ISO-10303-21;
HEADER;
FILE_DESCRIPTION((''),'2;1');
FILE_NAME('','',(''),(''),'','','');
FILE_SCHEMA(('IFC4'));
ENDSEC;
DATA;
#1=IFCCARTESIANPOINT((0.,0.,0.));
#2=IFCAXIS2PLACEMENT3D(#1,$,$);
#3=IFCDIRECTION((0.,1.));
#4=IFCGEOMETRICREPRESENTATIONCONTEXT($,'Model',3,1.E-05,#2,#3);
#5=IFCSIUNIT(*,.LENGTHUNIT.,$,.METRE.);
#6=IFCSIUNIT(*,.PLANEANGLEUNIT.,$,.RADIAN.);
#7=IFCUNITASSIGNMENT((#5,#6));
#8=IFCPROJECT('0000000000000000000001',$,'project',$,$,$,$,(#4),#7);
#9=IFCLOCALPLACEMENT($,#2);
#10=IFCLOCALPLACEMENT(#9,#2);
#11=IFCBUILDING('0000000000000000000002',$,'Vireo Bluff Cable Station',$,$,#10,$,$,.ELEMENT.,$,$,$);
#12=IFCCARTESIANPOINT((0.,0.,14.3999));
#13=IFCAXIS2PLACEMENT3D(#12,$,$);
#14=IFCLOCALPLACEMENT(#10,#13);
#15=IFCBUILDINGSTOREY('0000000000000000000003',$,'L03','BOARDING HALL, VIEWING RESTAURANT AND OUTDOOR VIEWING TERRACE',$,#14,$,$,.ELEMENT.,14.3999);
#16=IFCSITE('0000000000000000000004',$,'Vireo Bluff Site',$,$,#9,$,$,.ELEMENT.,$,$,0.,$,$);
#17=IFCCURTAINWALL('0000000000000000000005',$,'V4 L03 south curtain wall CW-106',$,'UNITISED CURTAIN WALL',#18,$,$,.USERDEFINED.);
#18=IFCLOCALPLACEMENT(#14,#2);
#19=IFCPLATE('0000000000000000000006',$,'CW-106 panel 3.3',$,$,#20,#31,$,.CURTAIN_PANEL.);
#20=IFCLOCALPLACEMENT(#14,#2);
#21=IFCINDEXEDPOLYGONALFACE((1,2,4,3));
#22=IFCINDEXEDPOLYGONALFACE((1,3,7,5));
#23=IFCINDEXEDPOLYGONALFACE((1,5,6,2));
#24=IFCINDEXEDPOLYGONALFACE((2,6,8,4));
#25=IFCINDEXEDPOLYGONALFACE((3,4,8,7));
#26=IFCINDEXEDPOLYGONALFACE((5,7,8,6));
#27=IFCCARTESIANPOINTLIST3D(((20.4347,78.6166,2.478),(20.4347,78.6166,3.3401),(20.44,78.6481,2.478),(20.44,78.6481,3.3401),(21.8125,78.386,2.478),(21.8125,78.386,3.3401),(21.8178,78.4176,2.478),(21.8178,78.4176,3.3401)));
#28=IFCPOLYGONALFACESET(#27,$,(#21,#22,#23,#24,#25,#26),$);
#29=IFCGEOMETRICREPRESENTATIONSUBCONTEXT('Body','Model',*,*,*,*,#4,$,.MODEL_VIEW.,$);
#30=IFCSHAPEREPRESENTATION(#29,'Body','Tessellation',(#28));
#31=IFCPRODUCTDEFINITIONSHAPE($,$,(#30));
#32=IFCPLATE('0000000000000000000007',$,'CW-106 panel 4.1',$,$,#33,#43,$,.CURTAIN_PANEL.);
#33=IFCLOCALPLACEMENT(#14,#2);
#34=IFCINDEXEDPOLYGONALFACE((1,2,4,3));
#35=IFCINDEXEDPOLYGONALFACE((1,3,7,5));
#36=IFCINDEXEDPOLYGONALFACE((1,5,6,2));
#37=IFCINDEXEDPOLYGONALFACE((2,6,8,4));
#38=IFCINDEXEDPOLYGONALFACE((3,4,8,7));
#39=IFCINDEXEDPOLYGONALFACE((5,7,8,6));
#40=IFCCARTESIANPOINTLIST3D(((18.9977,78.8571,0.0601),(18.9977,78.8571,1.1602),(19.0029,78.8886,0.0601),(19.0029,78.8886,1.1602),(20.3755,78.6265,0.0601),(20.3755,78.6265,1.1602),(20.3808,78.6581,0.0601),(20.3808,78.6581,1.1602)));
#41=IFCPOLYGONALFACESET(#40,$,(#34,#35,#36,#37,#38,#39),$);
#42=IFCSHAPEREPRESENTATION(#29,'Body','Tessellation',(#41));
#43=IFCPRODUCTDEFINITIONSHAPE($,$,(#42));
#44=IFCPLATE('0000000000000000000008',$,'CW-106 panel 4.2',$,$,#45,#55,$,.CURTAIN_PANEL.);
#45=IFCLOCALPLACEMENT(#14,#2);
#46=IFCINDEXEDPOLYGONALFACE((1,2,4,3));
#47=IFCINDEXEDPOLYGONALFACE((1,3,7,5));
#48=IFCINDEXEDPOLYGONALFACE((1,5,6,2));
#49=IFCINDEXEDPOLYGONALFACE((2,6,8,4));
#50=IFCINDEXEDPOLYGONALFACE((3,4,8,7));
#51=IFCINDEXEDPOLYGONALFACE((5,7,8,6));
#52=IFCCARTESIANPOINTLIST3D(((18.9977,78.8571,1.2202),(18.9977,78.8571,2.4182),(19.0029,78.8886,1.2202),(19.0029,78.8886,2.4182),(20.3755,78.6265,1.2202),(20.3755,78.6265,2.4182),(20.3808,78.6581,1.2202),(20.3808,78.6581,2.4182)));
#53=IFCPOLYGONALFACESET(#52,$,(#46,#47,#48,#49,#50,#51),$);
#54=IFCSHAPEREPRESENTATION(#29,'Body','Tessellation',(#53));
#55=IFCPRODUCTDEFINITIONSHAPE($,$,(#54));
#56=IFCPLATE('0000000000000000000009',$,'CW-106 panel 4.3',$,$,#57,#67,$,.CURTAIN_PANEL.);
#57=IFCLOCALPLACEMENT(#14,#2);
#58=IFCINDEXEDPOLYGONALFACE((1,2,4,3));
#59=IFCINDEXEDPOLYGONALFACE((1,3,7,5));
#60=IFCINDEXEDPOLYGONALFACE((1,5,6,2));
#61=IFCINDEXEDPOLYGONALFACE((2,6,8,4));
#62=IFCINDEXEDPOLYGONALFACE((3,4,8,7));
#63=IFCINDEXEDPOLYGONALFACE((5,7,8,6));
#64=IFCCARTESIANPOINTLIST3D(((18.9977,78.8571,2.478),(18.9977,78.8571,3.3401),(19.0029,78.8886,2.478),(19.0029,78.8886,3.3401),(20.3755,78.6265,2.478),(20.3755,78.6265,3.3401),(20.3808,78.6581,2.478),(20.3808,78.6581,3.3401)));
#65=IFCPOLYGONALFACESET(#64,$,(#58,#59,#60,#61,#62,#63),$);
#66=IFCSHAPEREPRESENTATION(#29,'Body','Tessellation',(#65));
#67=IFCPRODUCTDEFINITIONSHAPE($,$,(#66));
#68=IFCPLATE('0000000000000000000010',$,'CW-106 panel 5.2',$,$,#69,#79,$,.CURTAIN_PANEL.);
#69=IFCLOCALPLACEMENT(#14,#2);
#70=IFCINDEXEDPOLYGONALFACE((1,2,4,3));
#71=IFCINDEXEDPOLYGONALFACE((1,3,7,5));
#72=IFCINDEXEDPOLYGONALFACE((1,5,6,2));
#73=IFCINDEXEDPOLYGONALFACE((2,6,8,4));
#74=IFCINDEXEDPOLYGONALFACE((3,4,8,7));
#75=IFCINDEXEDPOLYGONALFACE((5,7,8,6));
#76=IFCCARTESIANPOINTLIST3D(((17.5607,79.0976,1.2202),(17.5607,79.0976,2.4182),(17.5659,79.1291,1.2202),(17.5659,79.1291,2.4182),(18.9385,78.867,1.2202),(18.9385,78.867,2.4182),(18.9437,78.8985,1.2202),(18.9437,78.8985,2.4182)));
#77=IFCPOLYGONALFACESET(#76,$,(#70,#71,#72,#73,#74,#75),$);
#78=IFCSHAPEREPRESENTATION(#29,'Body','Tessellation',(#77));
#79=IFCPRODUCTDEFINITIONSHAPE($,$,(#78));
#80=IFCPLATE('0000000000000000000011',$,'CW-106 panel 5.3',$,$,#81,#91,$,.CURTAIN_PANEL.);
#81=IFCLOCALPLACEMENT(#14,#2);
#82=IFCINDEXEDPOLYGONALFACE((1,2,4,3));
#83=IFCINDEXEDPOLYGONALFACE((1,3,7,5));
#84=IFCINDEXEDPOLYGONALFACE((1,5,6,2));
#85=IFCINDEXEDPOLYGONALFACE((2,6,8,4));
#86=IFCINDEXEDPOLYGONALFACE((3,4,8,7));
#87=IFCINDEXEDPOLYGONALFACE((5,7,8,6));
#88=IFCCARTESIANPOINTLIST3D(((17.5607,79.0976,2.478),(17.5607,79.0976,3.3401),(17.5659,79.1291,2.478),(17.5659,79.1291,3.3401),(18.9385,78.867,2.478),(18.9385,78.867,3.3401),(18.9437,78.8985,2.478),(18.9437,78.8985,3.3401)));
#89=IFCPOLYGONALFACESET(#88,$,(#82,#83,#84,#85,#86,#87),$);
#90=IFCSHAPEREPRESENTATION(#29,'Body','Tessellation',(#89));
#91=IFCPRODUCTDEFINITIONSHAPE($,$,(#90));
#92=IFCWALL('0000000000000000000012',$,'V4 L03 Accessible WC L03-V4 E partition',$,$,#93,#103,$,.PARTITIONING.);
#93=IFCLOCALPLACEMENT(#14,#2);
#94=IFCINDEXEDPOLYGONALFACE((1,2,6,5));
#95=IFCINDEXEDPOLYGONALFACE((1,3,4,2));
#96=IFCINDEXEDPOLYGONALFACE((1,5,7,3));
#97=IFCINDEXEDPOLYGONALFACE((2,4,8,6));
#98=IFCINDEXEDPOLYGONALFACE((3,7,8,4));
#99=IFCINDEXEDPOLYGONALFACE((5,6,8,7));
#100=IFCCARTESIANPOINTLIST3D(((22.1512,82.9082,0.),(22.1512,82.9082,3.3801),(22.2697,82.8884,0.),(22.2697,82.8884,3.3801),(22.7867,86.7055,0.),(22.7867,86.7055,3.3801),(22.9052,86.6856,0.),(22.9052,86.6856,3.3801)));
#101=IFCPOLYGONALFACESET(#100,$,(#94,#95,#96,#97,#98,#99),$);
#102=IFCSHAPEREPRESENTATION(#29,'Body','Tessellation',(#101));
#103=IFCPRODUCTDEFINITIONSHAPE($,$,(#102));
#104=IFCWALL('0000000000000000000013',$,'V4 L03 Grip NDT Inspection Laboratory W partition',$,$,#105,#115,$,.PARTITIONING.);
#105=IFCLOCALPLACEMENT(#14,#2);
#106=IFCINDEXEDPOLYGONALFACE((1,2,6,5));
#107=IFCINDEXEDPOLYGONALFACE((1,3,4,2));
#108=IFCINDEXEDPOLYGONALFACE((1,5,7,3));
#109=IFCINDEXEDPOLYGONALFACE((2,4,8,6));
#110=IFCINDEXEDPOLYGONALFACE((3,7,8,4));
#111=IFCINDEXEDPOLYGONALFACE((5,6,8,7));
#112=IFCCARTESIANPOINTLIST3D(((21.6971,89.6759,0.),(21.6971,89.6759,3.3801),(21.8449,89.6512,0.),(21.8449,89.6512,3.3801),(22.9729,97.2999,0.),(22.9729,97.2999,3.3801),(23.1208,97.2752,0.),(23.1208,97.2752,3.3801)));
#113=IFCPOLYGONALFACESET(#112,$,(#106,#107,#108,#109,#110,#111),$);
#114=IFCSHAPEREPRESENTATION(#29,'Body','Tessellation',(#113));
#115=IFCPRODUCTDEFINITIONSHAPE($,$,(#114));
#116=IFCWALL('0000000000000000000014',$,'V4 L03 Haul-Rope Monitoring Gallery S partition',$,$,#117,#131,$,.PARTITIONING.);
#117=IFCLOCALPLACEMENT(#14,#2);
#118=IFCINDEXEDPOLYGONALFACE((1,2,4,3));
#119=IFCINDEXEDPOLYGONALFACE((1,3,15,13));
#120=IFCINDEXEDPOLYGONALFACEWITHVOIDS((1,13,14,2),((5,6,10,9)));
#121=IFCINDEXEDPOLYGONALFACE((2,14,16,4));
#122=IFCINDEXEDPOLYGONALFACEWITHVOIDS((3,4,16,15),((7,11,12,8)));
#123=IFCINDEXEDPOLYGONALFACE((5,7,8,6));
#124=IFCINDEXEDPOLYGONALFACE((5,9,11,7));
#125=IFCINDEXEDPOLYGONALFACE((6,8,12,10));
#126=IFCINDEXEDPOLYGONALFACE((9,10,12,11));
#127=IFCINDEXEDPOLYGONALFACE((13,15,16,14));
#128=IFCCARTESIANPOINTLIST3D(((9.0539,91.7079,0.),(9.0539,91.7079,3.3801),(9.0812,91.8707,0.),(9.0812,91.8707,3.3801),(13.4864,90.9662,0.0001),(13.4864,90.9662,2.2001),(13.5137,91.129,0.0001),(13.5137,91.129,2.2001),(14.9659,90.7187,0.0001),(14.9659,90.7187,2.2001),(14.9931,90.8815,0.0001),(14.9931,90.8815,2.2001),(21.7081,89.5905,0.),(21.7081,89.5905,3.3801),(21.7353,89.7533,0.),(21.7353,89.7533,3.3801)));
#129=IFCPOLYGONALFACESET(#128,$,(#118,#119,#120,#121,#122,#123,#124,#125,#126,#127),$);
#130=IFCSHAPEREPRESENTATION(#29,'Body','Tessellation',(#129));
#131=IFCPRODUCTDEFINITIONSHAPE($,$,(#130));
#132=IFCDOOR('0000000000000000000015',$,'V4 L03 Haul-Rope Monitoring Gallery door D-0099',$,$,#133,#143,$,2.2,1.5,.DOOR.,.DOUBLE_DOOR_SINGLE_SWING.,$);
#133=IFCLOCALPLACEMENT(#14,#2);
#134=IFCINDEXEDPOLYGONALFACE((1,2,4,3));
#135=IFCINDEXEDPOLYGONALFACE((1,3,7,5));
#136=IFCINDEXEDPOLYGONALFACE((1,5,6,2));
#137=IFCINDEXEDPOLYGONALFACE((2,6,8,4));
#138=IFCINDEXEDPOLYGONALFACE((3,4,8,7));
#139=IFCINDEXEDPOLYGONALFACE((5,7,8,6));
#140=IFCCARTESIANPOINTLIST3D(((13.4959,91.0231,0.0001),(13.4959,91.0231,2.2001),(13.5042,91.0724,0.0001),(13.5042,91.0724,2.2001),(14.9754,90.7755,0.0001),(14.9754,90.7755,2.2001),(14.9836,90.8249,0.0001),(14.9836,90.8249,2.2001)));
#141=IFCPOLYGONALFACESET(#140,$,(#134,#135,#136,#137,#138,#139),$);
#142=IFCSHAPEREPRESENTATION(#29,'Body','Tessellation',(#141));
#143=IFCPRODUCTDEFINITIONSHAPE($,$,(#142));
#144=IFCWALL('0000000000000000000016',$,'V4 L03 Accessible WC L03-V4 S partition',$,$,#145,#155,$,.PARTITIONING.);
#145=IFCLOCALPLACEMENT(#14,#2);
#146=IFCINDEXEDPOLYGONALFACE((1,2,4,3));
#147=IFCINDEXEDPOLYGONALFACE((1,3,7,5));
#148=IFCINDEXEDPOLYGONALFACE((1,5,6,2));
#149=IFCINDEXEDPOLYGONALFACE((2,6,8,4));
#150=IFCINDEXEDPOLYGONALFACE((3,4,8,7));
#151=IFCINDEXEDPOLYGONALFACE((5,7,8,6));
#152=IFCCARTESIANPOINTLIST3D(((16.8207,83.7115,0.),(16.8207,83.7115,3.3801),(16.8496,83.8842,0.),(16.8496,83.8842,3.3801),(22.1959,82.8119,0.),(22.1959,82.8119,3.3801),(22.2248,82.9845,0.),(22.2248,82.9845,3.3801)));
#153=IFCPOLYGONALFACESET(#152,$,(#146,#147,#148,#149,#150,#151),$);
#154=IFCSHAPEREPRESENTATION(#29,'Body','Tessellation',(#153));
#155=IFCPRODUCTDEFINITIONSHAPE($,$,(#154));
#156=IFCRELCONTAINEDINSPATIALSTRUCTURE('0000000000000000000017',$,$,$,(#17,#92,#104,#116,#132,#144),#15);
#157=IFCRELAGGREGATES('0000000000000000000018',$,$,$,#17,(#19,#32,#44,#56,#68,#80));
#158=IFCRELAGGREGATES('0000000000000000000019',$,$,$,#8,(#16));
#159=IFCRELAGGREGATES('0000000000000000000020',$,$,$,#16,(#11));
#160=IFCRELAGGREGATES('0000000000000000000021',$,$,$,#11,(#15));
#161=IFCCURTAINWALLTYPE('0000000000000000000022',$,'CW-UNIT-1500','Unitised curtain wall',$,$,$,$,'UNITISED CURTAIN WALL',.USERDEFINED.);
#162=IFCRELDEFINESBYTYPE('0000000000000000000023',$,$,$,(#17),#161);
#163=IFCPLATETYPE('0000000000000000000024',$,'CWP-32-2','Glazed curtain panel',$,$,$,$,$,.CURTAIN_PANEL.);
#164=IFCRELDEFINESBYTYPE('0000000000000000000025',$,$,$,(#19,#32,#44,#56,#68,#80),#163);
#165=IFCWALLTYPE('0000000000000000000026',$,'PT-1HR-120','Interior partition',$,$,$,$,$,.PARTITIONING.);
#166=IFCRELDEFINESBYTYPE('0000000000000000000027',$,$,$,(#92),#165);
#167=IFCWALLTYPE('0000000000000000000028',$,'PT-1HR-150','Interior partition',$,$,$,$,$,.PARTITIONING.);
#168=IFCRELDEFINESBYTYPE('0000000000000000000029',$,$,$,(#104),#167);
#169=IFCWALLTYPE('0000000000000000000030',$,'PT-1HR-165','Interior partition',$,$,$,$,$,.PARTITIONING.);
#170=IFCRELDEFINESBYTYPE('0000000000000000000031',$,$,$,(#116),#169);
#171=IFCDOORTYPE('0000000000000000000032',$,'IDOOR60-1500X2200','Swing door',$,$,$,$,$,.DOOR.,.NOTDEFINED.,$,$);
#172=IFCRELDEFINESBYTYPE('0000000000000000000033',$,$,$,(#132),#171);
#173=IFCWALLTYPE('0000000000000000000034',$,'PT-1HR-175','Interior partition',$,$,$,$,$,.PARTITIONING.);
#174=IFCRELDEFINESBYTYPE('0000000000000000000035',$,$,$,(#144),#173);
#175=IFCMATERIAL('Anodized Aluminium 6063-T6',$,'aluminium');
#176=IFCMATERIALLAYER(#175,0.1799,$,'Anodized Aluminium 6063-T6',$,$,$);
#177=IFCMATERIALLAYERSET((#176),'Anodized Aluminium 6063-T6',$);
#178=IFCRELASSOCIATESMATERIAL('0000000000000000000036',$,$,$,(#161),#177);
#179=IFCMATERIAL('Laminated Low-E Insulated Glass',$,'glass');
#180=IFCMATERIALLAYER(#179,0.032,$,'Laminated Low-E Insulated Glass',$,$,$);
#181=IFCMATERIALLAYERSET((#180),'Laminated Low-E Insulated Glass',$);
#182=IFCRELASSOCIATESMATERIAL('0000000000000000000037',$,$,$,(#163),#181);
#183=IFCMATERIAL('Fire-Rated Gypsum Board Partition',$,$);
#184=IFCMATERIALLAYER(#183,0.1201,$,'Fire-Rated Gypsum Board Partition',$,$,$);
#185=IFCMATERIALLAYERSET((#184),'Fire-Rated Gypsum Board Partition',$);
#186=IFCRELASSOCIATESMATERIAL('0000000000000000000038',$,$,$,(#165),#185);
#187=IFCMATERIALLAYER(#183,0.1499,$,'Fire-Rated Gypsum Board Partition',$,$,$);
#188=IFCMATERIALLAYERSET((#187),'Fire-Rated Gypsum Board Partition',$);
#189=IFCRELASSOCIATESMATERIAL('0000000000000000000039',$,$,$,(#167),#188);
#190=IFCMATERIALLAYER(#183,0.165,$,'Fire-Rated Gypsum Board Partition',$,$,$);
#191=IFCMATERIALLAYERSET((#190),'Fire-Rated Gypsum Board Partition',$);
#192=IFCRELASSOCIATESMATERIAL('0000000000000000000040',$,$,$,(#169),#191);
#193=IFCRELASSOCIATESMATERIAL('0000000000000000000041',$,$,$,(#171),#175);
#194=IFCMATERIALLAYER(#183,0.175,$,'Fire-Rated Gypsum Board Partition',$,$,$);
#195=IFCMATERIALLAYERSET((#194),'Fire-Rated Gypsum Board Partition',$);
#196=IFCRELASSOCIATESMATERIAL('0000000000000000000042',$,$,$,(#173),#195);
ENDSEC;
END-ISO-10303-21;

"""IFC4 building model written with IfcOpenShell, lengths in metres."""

from ifc_helpers import new_model, si_unit, direction, frame, frame_2d, origin, origin_with_axes, origin_2d, place, context, subcontext, project, spatial, rectangle, extrude, material, layer, layer_set, type_object, element, fill, aggregate, save


model = new_model("IFC4")

# Units and contexts
model_context = context("Model", 3, precision=1e-05, world=origin(), true_north=direction((0.0, 1.0)))
body_context = subcontext(model_context, "Body", "Model", "MODEL_VIEW")
ifc_project = project(units=[si_unit("LENGTHUNIT", "METRE"), si_unit("PLANEANGLEUNIT", "RADIAN")], contexts=[model_context])

# Site, building, storey
site_placement = place(None, origin())
site = spatial("IfcSite", under=ifc_project, at=site_placement, Name="Vireo Bluff Site", CompositionType="ELEMENT", RefElevation=0.0)
building_placement = place(site_placement, origin())
building = spatial("IfcBuilding", under=site, at=building_placement, Name="Vireo Bluff Cable Station", CompositionType="ELEMENT")
storey_placement = place(building_placement, frame((0.0, 0.0, 14.3999)))
storey = spatial("IfcBuildingStorey", under=building, at=storey_placement, Name="L03", Description="BOARDING HALL, VIEWING RESTAURANT AND OUTDOOR VIEWING TERRACE", CompositionType="ELEMENT", Elevation=14.3999)

# Curtain wall, plates
ifc_material_1 = material(Name="Anodized Aluminium 6063-T6", Category="aluminium")
ifc_layer_1 = layer(ifc_material_1, 0.1799, Name="Anodized Aluminium 6063-T6")
ifc_layer_set_1 = layer_set([ifc_layer_1], Name="Anodized Aluminium 6063-T6")
curtain_wall_type = type_object("IfcCurtainWallType", Name="CW-UNIT-1500", Description="Unitised curtain wall", ElementType="UNITISED CURTAIN WALL", PredefinedType="USERDEFINED", material=ifc_layer_set_1)
curtain_wall_placement = place(storey_placement, origin())
curtain_wall = element("IfcCurtainWall", 1, at=curtain_wall_placement, inside=storey, type_object=curtain_wall_type, Name="V4 L03 south curtain wall CW-106", ObjectType="UNITISED CURTAIN WALL", PredefinedType="USERDEFINED")
ifc_material_2 = material(Name="Laminated Low-E Insulated Glass", Category="glass")
ifc_layer_2 = layer(ifc_material_2, 0.032, Name="Laminated Low-E Insulated Glass")
ifc_layer_set_2 = layer_set([ifc_layer_2], Name="Laminated Low-E Insulated Glass")
plate_type = type_object("IfcPlateType", Name="CWP-32-2", Description="Glazed curtain panel", PredefinedType="CURTAIN_PANEL", material=ifc_layer_set_2)
plate_1_placement = place(storey_placement, frame((21.1262, 78.5171, 2.478), z_axis=(0.0, 0.0, 1.0), x_axis=(-0.986286, 0.165048, 0.0)))
plate_1 = element("IfcPlate", 2, at=plate_1_placement, type_object=plate_type, Name="CW-106 panel 3.3", PredefinedType="CURTAIN_PANEL", context=body_context, shape_type="SweptSolid", body=[
    extrude(rectangle(XDim=1.397, YDim=0.032, at=origin_2d()), origin(), (0.0, 0.0, 1.0), 0.8621),
])
plate_2_placement = place(storey_placement, frame((19.6892, 78.7576, 0.0601), z_axis=(0.0, 0.0, 1.0), x_axis=(-0.986286, 0.165048, 0.0)))
plate_2 = element("IfcPlate", 3, at=plate_2_placement, type_object=plate_type, Name="CW-106 panel 4.1", PredefinedType="CURTAIN_PANEL", context=body_context, shape_type="SweptSolid", body=[
    extrude(rectangle(XDim=1.397, YDim=0.032, at=origin_2d()), origin(), (0.0, 0.0, 1.0), 1.1001),
])
plate_3_placement = place(storey_placement, frame((19.6892, 78.7576, 1.2202), z_axis=(0.0, 0.0, 1.0), x_axis=(-0.986286, 0.165048, 0.0)))
plate_3 = element("IfcPlate", 4, at=plate_3_placement, type_object=plate_type, Name="CW-106 panel 4.2", PredefinedType="CURTAIN_PANEL", context=body_context, shape_type="SweptSolid", body=[
    extrude(rectangle(XDim=1.397, YDim=0.032, at=origin_2d()), origin(), (0.0, 0.0, 1.0), 1.198),
])
plate_4_placement = place(storey_placement, frame((19.6892, 78.7576, 2.478), z_axis=(0.0, 0.0, 1.0), x_axis=(-0.986286, 0.165048, 0.0)))
plate_4 = element("IfcPlate", 5, at=plate_4_placement, type_object=plate_type, Name="CW-106 panel 4.3", PredefinedType="CURTAIN_PANEL", context=body_context, shape_type="SweptSolid", body=[
    extrude(rectangle(XDim=1.397, YDim=0.032, at=origin_2d()), origin(), (0.0, 0.0, 1.0), 0.8621),
])
plate_5_placement = place(storey_placement, frame((18.2522, 78.998, 1.2202), z_axis=(0.0, 0.0, 1.0), x_axis=(-0.986286, 0.165048, 0.0)))
plate_5 = element("IfcPlate", 6, at=plate_5_placement, type_object=plate_type, Name="CW-106 panel 5.2", PredefinedType="CURTAIN_PANEL", context=body_context, shape_type="SweptSolid", body=[
    extrude(rectangle(XDim=1.397, YDim=0.032, at=origin_2d()), origin(), (0.0, 0.0, 1.0), 1.198),
])
plate_6_placement = place(storey_placement, frame((18.2522, 78.998, 2.478), z_axis=(0.0, 0.0, 1.0), x_axis=(-0.986286, 0.165048, 0.0)))
plate_6 = element("IfcPlate", 7, at=plate_6_placement, type_object=plate_type, Name="CW-106 panel 5.3", PredefinedType="CURTAIN_PANEL", context=body_context, shape_type="SweptSolid", body=[
    extrude(rectangle(XDim=1.397, YDim=0.032, at=origin_2d()), origin(), (0.0, 0.0, 1.0), 0.8621),
])
aggregate(curtain_wall, [plate_1, plate_2, plate_3, plate_4, plate_5, plate_6])

# Walls
ifc_material_3 = material(Name="Fire-Rated Gypsum Board Partition")
ifc_layer_3 = layer(ifc_material_3, 0.1201, Name="Fire-Rated Gypsum Board Partition")
ifc_layer_set_3 = layer_set([ifc_layer_3], Name="Fire-Rated Gypsum Board Partition")
wall_type_1 = type_object("IfcWallType", Name="PT-1HR-120", Description="Interior partition", PredefinedType="PARTITIONING", material=ifc_layer_set_3)
wall_1_placement = place(storey_placement, frame((22.8459, 86.6956, 0.0), z_axis=(0.0, 0.0, 1.0), x_axis=(-0.165057, -0.986284, 0.0)))
element("IfcWall", 8, at=wall_1_placement, inside=storey, type_object=wall_type_1, Name="V4 L03 Accessible WC L03-V4 E partition", PredefinedType="PARTITIONING", context=body_context, shape_type="SweptSolid", body=[
    extrude(rectangle(XDim=3.8501, YDim=0.1201, at=frame_2d((1.925, 0.0))), origin(), (0.0, 0.0, 1.0), 3.3801),
])
ifc_layer_4 = layer(ifc_material_3, 0.1499, Name="Fire-Rated Gypsum Board Partition")
ifc_layer_set_4 = layer_set([ifc_layer_4], Name="Fire-Rated Gypsum Board Partition")
wall_type_2 = type_object("IfcWallType", Name="PT-1HR-150", Description="Interior partition", PredefinedType="PARTITIONING", material=ifc_layer_set_4)
wall_2_placement = place(storey_placement, frame((21.771, 89.6636, 0.0), z_axis=(0.0, 0.0, 1.0), x_axis=(0.165055, 0.986284, 0.0)))
element("IfcWall", 9, at=wall_2_placement, inside=storey, type_object=wall_type_2, Name="V4 L03 Grip NDT Inspection Laboratory W partition", PredefinedType="PARTITIONING", context=body_context, shape_type="SweptSolid", body=[
    extrude(rectangle(XDim=7.73, YDim=0.1499, at=frame_2d((3.865, 0.0))), origin(), (0.0, 0.0, 1.0), 3.3801),
])

# Wall, opening, door
ifc_layer_5 = layer(ifc_material_3, 0.165, Name="Fire-Rated Gypsum Board Partition")
ifc_layer_set_5 = layer_set([ifc_layer_5], Name="Fire-Rated Gypsum Board Partition")
wall_type_3 = type_object("IfcWallType", Name="PT-1HR-165", Description="Interior partition", PredefinedType="PARTITIONING", material=ifc_layer_set_5)
wall_3_placement = place(storey_placement, frame((21.7217, 89.6719, 0.0), z_axis=(0.0, 0.0, 1.0), x_axis=(-0.986287, 0.165038, 0.0)))
wall_3 = element("IfcWall", 10, at=wall_3_placement, inside=storey, type_object=wall_type_3, Name="V4 L03 Haul-Rope Monitoring Gallery S partition", PredefinedType="PARTITIONING", context=body_context, shape_type="SweptSolid", body=[
    extrude(rectangle(XDim=12.8301, YDim=0.165, at=frame_2d((6.415, 0.0))), origin(), (0.0, 0.0, 1.0), 3.3801),
])
opening_placement = place(wall_3_placement, frame((6.8359, 0.0, 0.0)))
opening = element("IfcOpeningElement", 11, at=opening_placement, cuts=wall_3, PredefinedType="OPENING", context=body_context, shape_type="SweptSolid", body=[
    extrude(rectangle(XDim=1.5, YDim=2.2, at=frame_2d((0.75, 1.1001))), frame((0.0, 0.0925, 0.0), z_axis=(0.0, -1.0, 0.0), x_axis=(1.0, 0.0, 0.0)), (0.0, 0.0, 1.0), 0.1851),
])
door_type = type_object("IfcDoorType", Name="IDOOR60-1500X2200", Description="Swing door", OperationType="NOTDEFINED", PredefinedType="DOOR", material=ifc_material_1)
door_placement = place(opening_placement, origin_with_axes())
door = element("IfcDoor", 12, at=door_placement, inside=storey, type_object=door_type, Name="V4 L03 Haul-Rope Monitoring Gallery door D-0099", OperationType="DOUBLE_DOOR_SINGLE_SWING", OverallHeight=2.2, OverallWidth=1.5, PredefinedType="DOOR", context=body_context, shape_type="SweptSolid", body=[
    extrude(rectangle(XDim=1.5, YDim=2.2, at=frame_2d((0.75, 1.1001))), frame((0.0, 0.0249, 0.0), z_axis=(0.0, -1.0, 0.0), x_axis=(1.0, 0.0, 0.0)), (0.0, 0.0, 1.0), 0.05),
])
fill(opening, door)

# Wall
ifc_layer_6 = layer(ifc_material_3, 0.175, Name="Fire-Rated Gypsum Board Partition")
ifc_layer_set_6 = layer_set([ifc_layer_6], Name="Fire-Rated Gypsum Board Partition")
wall_type_4 = type_object("IfcWallType", Name="PT-1HR-175", Description="Interior partition", PredefinedType="PARTITIONING", material=ifc_layer_set_6)
wall_4_placement = place(storey_placement, frame((22.2104, 82.8982, 0.0), z_axis=(0.0, 0.0, 1.0), x_axis=(-0.986281, 0.165075, 0.0)))
element("IfcWall", 13, at=wall_4_placement, inside=storey, type_object=wall_type_4, Name="V4 L03 Accessible WC L03-V4 S partition", PredefinedType="PARTITIONING", context=body_context, shape_type="SweptSolid", body=[
    extrude(rectangle(XDim=5.45, YDim=0.175, at=frame_2d((2.7251, 0.0))), origin(), (0.0, 0.0, 1.0), 3.3801),
])

save(model, "model.ifc")
